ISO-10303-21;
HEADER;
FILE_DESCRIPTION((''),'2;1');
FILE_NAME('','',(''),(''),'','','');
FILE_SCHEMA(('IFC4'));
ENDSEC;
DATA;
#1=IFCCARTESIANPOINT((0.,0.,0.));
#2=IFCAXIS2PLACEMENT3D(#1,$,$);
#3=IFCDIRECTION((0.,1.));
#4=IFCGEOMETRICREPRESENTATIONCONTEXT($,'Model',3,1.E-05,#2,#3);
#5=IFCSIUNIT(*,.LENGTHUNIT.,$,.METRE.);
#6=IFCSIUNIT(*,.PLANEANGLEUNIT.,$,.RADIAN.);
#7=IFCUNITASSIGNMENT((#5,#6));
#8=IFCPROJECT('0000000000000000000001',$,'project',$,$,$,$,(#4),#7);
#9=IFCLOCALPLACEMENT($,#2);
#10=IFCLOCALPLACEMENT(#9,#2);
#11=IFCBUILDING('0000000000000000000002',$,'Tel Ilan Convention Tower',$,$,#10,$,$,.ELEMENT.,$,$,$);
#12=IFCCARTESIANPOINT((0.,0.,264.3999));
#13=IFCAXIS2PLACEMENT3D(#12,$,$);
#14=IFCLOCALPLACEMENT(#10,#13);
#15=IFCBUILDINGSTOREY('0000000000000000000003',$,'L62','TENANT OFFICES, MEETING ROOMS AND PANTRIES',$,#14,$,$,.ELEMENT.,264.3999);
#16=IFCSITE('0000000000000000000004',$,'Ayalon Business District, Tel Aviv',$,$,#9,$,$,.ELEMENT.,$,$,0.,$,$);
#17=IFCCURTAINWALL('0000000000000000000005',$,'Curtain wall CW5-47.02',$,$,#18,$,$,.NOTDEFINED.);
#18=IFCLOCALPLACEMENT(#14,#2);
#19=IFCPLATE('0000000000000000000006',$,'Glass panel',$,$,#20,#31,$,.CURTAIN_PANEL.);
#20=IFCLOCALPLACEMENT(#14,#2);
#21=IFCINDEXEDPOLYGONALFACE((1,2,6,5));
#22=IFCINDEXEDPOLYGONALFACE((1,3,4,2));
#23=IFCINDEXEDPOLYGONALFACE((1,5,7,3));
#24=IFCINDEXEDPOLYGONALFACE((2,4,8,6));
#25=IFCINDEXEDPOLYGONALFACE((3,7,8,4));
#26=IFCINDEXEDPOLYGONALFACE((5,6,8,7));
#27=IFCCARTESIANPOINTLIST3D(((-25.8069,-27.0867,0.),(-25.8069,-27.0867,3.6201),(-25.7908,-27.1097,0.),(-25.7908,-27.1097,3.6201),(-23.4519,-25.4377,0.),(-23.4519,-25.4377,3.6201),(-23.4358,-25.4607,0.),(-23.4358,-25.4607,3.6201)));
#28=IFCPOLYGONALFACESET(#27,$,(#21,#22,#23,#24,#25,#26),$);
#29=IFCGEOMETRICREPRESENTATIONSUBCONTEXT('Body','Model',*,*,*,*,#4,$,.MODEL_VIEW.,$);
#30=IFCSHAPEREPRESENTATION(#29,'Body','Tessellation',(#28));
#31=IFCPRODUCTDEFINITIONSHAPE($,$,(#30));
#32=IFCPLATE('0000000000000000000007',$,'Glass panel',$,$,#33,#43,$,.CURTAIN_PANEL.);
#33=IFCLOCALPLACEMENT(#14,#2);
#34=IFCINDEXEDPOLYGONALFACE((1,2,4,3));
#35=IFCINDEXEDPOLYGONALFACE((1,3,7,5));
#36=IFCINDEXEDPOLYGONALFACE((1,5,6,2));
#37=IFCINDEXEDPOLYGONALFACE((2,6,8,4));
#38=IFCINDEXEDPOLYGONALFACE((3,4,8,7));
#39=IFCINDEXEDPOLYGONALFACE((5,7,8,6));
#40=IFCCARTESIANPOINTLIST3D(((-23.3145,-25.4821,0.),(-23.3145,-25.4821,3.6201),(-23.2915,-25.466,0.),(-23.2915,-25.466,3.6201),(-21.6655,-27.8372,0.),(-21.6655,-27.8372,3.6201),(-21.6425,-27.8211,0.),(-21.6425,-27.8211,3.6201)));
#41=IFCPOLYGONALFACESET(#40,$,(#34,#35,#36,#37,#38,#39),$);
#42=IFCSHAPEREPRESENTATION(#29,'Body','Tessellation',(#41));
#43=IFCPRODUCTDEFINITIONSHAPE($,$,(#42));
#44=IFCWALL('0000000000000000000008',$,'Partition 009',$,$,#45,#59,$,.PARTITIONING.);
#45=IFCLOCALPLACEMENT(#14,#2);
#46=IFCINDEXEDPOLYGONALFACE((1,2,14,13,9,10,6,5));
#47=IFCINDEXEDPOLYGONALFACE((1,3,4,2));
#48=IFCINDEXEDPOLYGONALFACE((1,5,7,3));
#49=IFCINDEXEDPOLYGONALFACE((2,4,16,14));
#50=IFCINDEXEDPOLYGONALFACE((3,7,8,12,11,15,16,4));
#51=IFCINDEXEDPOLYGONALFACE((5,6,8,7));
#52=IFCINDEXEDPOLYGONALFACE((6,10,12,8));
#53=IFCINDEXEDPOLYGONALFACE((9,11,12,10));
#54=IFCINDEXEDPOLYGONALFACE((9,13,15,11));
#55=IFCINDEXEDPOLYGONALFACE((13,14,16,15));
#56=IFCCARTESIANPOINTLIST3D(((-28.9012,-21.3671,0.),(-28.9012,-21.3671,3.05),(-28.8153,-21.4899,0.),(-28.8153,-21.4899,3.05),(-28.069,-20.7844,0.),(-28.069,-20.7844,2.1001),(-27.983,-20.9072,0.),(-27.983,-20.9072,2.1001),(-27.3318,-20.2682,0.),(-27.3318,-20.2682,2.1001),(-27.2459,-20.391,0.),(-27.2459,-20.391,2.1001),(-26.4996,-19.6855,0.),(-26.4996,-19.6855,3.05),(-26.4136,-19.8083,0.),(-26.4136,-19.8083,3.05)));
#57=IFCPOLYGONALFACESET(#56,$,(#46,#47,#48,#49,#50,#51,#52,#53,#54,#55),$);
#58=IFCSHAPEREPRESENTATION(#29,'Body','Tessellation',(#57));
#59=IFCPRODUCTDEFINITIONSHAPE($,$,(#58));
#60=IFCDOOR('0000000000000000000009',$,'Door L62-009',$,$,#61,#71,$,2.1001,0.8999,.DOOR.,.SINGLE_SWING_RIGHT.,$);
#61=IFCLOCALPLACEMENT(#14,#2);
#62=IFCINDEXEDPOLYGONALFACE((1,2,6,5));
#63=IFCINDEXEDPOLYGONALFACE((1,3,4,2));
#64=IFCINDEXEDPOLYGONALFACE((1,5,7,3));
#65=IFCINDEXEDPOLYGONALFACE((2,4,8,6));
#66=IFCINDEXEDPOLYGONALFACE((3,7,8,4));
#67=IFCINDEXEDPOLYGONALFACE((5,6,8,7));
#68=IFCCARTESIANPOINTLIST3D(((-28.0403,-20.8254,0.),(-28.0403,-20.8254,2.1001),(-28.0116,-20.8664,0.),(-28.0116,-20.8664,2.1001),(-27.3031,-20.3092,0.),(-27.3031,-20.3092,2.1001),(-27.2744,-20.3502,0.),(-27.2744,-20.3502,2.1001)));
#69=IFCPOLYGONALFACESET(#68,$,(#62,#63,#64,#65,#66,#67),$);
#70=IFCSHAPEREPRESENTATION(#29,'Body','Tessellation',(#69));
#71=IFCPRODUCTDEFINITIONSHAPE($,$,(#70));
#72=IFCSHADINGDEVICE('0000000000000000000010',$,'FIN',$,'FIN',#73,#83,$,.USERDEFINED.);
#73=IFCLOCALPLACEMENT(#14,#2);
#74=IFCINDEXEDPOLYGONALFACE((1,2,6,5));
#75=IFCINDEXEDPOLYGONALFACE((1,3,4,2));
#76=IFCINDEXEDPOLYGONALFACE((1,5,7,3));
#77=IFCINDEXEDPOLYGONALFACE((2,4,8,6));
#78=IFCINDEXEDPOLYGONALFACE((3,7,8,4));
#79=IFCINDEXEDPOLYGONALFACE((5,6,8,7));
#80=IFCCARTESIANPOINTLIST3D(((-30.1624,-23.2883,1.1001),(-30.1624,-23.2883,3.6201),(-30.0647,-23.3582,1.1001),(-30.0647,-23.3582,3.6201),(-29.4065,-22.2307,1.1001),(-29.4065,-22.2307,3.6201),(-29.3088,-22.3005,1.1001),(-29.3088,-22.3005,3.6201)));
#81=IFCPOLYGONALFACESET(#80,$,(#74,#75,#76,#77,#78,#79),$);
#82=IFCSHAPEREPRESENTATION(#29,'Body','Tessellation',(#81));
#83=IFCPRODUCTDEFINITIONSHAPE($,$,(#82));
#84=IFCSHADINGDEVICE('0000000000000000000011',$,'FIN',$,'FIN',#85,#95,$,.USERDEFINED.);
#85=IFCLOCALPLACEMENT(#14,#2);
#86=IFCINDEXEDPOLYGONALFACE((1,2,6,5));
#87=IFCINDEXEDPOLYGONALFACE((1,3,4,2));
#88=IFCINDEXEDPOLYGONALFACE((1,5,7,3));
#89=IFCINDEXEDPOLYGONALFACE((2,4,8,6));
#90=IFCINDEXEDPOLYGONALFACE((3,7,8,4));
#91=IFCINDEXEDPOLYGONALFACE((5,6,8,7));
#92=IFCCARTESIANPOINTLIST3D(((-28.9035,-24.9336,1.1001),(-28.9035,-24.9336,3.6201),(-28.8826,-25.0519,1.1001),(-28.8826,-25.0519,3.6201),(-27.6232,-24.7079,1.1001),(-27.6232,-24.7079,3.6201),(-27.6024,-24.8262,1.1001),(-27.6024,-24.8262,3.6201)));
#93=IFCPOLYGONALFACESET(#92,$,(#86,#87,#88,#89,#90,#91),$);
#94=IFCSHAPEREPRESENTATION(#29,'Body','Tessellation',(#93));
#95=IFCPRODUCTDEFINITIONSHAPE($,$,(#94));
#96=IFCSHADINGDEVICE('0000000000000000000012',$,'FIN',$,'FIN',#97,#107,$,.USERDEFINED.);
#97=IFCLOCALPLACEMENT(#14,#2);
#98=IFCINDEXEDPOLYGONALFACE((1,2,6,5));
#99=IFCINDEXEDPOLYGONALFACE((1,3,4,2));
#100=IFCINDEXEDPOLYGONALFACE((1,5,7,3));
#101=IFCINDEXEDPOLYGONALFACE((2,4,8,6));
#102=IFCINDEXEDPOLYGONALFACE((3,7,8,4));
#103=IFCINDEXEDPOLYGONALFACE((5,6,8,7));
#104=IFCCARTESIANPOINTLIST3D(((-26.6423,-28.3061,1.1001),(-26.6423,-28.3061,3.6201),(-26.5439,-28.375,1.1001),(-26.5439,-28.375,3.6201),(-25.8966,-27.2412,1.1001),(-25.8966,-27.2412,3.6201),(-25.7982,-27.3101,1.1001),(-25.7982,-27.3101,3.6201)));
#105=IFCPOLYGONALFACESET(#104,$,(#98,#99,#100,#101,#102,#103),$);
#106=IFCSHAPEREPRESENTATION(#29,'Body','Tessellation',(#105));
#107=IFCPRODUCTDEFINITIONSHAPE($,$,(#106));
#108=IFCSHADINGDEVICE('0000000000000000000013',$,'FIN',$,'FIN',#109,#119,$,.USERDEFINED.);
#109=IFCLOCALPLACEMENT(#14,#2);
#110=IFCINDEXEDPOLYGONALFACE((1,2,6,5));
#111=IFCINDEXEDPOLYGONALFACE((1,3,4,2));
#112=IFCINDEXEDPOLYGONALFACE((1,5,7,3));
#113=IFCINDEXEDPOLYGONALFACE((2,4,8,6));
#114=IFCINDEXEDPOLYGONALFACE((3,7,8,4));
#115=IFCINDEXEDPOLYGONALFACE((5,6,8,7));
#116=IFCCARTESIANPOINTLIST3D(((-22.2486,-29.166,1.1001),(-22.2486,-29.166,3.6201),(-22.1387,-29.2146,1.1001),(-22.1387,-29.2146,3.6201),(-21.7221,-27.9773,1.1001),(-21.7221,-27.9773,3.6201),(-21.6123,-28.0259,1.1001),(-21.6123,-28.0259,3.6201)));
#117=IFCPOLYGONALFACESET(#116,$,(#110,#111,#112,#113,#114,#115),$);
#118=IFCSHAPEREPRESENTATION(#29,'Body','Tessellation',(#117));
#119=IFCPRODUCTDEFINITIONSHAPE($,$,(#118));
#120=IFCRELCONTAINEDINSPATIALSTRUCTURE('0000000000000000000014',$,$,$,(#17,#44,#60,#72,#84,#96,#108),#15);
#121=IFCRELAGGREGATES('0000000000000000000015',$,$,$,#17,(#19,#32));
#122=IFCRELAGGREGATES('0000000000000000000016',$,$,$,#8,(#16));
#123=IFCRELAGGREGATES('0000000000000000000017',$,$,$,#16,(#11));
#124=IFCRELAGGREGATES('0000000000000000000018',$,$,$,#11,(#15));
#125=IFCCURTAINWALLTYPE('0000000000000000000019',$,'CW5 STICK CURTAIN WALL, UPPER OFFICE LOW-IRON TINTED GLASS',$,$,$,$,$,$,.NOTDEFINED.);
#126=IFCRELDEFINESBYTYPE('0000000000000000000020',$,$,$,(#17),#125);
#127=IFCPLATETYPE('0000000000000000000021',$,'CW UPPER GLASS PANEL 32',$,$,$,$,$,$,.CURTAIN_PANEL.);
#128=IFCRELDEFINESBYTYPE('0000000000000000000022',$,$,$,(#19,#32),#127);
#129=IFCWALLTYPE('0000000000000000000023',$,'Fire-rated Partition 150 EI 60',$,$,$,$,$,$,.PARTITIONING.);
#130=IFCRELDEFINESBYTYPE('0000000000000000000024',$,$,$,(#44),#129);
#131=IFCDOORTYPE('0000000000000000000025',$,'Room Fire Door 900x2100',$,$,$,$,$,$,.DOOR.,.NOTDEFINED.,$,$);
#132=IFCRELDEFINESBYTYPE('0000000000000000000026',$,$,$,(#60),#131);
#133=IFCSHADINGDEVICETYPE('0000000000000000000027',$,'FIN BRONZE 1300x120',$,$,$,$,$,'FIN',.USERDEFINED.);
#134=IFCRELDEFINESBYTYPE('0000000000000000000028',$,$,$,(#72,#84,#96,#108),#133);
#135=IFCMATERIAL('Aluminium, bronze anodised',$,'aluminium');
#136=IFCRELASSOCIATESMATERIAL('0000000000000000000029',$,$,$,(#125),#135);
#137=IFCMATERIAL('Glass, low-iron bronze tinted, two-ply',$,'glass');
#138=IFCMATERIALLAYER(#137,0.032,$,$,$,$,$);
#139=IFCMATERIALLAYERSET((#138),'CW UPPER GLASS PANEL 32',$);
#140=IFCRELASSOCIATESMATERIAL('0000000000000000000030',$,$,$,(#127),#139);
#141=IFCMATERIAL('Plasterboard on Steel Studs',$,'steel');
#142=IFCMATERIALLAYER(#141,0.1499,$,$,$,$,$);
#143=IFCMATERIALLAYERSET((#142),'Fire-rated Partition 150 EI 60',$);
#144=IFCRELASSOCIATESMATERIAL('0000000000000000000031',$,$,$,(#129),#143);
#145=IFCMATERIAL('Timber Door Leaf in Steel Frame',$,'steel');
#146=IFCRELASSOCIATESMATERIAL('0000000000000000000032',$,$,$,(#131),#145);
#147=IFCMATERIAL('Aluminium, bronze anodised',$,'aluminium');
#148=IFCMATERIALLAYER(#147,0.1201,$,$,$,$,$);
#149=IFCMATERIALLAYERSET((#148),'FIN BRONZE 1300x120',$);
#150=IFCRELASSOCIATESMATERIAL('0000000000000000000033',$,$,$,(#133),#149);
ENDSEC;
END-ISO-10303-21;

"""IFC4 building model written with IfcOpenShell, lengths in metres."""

from ifc_helpers import new_model, si_unit, direction, frame, frame_2d, origin, origin_2d, place, context, subcontext, project, spatial, rectangle, extrude, material, layer, layer_set, type_object, element, fill, aggregate, save


model = new_model("IFC4")

# Units and contexts
model_context = context("Model", 3, precision=1e-05, world=origin(), true_north=direction((0.0, 1.0)))
body_context = subcontext(model_context, "Body", "Model", "MODEL_VIEW")
ifc_project = project(units=[si_unit("LENGTHUNIT", "METRE"), si_unit("PLANEANGLEUNIT", "RADIAN")], contexts=[model_context])

# Site, building, storey
site_placement = place(None, origin())
site = spatial("IfcSite", under=ifc_project, at=site_placement, Name="Ayalon Business District, Tel Aviv", CompositionType="ELEMENT", RefElevation=0.0)
building_placement = place(site_placement, origin())
building = spatial("IfcBuilding", under=site, at=building_placement, Name="Tel Ilan Convention Tower", CompositionType="ELEMENT")
storey_placement = place(building_placement, frame((0.0, 0.0, 264.3999)))
storey = spatial("IfcBuildingStorey", under=building, at=storey_placement, Name="L62", Description="TENANT OFFICES, MEETING ROOMS AND PANTRIES", CompositionType="ELEMENT", Elevation=264.3999)

# Curtain wall, plates
ifc_material_1 = material(Name="Aluminium, bronze anodised", Category="aluminium")
curtain_wall_type = type_object("IfcCurtainWallType", Name="CW5 STICK CURTAIN WALL, UPPER OFFICE LOW-IRON TINTED GLASS", PredefinedType="NOTDEFINED", material=ifc_material_1)
curtain_wall_placement = place(storey_placement, origin())
curtain_wall = element("IfcCurtainWall", 1, at=curtain_wall_placement, inside=storey, type_object=curtain_wall_type, Name="Curtain wall CW5-47.02", PredefinedType="NOTDEFINED")
ifc_material_2 = material(Name="Glass, low-iron bronze tinted, two-ply", Category="glass")
ifc_layer_1 = layer(ifc_material_2, 0.032)
ifc_layer_set_1 = layer_set([ifc_layer_1], Name="CW UPPER GLASS PANEL 32")
plate_type = type_object("IfcPlateType", Name="CW UPPER GLASS PANEL 32", PredefinedType="CURTAIN_PANEL", material=ifc_layer_set_1)
plate_1_placement = place(storey_placement, frame((-24.6213, -26.2737, 0.0), z_axis=(0.0, 0.0, 1.0), x_axis=(0.819152, 0.573576, 0.0)))
plate_1 = element("IfcPlate", 2, at=plate_1_placement, type_object=plate_type, Name="Glass panel", PredefinedType="CURTAIN_PANEL", context=body_context, shape_type="SweptSolid", body=[
    extrude(rectangle(XDim=2.875, YDim=0.0281, at=origin_2d()), origin(), (0.0, 0.0, 1.0), 3.6201),
])
plate_2_placement = place(storey_placement, frame((-22.4785, -26.6516, 0.0), z_axis=(0.0, 0.0, 1.0), x_axis=(0.573576, -0.819152, 0.0)))
plate_2 = element("IfcPlate", 3, at=plate_2_placement, type_object=plate_type, Name="Glass panel", PredefinedType="CURTAIN_PANEL", context=body_context, shape_type="SweptSolid", body=[
    extrude(rectangle(XDim=2.875, YDim=0.0281, at=origin_2d()), origin(), (0.0, 0.0, 1.0), 3.6201),
])
aggregate(curtain_wall, [plate_1, plate_2])

# Wall, opening, door
ifc_material_3 = material(Name="Plasterboard on Steel Studs", Category="steel")
ifc_layer_2 = layer(ifc_material_3, 0.1499)
ifc_layer_set_2 = layer_set([ifc_layer_2], Name="Fire-rated Partition 150 EI 60")
wall_type = type_object("IfcWallType", Name="Fire-rated Partition 150 EI 60", PredefinedType="PARTITIONING", material=ifc_layer_set_2)
wall_placement = place(storey_placement, frame((-28.8582, -21.4285, 0.0), z_axis=(0.0, 0.0, 1.0), x_axis=(0.81915, 0.57358, 0.0)))
wall = element("IfcWall", 4, at=wall_placement, inside=storey, type_object=wall_type, Name="Partition 009", PredefinedType="PARTITIONING", context=body_context, shape_type="SweptSolid", body=[
    extrude(rectangle(XDim=2.9319, YDim=0.1499, at=frame_2d((1.4658, 0.0))), origin(), (0.0, 0.0, 1.0), 3.05),
])
opening_placement = place(wall_placement, frame((1.0159, 0.0, 0.0)))
opening = element("IfcOpeningElement", 5, at=opening_placement, cuts=wall, PredefinedType="OPENING", context=body_context, shape_type="SweptSolid", body=[
    extrude(rectangle(XDim=0.8999, YDim=2.1001, at=frame_2d((0.45, 1.05))), frame((0.0, 0.085, 0.0), z_axis=(0.0, -1.0, 0.0), x_axis=(1.0, 0.0, 0.0)), (0.0, 0.0, 1.0), 0.1699),
])
ifc_material_4 = material(Name="Timber Door Leaf in Steel Frame", Category="steel")
door_type = type_object("IfcDoorType", Name="Room Fire Door 900x2100", OperationType="NOTDEFINED", PredefinedType="DOOR", material=ifc_material_4)
door_placement = place(opening_placement, origin())
door = element("IfcDoor", 6, at=door_placement, inside=storey, type_object=door_type, Name="Door L62-009", OperationType="SINGLE_SWING_RIGHT", OverallHeight=2.1001, OverallWidth=0.8999, PredefinedType="DOOR", context=body_context, shape_type="SweptSolid", body=[
    extrude(rectangle(XDim=0.8999, YDim=2.1001, at=frame_2d((0.45, 1.05))), frame((0.0, 0.0249, 0.0), z_axis=(0.0, -1.0, 0.0), x_axis=(1.0, 0.0, 0.0)), (0.0, 0.0, 1.0), 0.05),
])
fill(opening, door)

# Shading devices
ifc_material_5 = material(Name="Aluminium, bronze anodised", Category="aluminium")
ifc_layer_3 = layer(ifc_material_5, 0.1201)
ifc_layer_set_3 = layer_set([ifc_layer_3], Name="FIN BRONZE 1300x120")
shading_device_type = type_object("IfcShadingDeviceType", Name="FIN BRONZE 1300x120", ElementType="FIN", PredefinedType="USERDEFINED", material=ifc_layer_set_3)
for number, where, z_axis, x_axis, name in (
    (7, (-29.7356, -22.7944, 1.1001), (0.0, 0.0, 1.0), (-0.581492, -0.813552, 0.0), "FIN"),
    (8, (-28.2529, -24.8799, 1.1001), (0.0, 0.0, 1.0), (-0.984808, -0.173648, 0.0), "FIN"),
    (9, (-26.2202, -27.8081, 1.1001), (0.0, 0.0, 1.0), (-0.573576, -0.819152, 0.0), "FIN"),
    (10, (-21.9304, -28.5959, 1.1001), (0.0, 0.0, 1.0), (-0.404964, -0.914333, 0.0), "FIN"),
):
    element("IfcShadingDevice", number, at=place(storey_placement, frame(where, z_axis=z_axis, x_axis=x_axis)), inside=storey, type_object=shading_device_type, Name=name, ObjectType="FIN", PredefinedType="USERDEFINED", context=body_context, shape_type="SweptSolid", body=[
        extrude(rectangle(XDim=1.3, YDim=0.1201, at=origin_2d()), origin(), (0.0, 0.0, 1.0), 2.52),
    ])

save(model, "model.ifc")
